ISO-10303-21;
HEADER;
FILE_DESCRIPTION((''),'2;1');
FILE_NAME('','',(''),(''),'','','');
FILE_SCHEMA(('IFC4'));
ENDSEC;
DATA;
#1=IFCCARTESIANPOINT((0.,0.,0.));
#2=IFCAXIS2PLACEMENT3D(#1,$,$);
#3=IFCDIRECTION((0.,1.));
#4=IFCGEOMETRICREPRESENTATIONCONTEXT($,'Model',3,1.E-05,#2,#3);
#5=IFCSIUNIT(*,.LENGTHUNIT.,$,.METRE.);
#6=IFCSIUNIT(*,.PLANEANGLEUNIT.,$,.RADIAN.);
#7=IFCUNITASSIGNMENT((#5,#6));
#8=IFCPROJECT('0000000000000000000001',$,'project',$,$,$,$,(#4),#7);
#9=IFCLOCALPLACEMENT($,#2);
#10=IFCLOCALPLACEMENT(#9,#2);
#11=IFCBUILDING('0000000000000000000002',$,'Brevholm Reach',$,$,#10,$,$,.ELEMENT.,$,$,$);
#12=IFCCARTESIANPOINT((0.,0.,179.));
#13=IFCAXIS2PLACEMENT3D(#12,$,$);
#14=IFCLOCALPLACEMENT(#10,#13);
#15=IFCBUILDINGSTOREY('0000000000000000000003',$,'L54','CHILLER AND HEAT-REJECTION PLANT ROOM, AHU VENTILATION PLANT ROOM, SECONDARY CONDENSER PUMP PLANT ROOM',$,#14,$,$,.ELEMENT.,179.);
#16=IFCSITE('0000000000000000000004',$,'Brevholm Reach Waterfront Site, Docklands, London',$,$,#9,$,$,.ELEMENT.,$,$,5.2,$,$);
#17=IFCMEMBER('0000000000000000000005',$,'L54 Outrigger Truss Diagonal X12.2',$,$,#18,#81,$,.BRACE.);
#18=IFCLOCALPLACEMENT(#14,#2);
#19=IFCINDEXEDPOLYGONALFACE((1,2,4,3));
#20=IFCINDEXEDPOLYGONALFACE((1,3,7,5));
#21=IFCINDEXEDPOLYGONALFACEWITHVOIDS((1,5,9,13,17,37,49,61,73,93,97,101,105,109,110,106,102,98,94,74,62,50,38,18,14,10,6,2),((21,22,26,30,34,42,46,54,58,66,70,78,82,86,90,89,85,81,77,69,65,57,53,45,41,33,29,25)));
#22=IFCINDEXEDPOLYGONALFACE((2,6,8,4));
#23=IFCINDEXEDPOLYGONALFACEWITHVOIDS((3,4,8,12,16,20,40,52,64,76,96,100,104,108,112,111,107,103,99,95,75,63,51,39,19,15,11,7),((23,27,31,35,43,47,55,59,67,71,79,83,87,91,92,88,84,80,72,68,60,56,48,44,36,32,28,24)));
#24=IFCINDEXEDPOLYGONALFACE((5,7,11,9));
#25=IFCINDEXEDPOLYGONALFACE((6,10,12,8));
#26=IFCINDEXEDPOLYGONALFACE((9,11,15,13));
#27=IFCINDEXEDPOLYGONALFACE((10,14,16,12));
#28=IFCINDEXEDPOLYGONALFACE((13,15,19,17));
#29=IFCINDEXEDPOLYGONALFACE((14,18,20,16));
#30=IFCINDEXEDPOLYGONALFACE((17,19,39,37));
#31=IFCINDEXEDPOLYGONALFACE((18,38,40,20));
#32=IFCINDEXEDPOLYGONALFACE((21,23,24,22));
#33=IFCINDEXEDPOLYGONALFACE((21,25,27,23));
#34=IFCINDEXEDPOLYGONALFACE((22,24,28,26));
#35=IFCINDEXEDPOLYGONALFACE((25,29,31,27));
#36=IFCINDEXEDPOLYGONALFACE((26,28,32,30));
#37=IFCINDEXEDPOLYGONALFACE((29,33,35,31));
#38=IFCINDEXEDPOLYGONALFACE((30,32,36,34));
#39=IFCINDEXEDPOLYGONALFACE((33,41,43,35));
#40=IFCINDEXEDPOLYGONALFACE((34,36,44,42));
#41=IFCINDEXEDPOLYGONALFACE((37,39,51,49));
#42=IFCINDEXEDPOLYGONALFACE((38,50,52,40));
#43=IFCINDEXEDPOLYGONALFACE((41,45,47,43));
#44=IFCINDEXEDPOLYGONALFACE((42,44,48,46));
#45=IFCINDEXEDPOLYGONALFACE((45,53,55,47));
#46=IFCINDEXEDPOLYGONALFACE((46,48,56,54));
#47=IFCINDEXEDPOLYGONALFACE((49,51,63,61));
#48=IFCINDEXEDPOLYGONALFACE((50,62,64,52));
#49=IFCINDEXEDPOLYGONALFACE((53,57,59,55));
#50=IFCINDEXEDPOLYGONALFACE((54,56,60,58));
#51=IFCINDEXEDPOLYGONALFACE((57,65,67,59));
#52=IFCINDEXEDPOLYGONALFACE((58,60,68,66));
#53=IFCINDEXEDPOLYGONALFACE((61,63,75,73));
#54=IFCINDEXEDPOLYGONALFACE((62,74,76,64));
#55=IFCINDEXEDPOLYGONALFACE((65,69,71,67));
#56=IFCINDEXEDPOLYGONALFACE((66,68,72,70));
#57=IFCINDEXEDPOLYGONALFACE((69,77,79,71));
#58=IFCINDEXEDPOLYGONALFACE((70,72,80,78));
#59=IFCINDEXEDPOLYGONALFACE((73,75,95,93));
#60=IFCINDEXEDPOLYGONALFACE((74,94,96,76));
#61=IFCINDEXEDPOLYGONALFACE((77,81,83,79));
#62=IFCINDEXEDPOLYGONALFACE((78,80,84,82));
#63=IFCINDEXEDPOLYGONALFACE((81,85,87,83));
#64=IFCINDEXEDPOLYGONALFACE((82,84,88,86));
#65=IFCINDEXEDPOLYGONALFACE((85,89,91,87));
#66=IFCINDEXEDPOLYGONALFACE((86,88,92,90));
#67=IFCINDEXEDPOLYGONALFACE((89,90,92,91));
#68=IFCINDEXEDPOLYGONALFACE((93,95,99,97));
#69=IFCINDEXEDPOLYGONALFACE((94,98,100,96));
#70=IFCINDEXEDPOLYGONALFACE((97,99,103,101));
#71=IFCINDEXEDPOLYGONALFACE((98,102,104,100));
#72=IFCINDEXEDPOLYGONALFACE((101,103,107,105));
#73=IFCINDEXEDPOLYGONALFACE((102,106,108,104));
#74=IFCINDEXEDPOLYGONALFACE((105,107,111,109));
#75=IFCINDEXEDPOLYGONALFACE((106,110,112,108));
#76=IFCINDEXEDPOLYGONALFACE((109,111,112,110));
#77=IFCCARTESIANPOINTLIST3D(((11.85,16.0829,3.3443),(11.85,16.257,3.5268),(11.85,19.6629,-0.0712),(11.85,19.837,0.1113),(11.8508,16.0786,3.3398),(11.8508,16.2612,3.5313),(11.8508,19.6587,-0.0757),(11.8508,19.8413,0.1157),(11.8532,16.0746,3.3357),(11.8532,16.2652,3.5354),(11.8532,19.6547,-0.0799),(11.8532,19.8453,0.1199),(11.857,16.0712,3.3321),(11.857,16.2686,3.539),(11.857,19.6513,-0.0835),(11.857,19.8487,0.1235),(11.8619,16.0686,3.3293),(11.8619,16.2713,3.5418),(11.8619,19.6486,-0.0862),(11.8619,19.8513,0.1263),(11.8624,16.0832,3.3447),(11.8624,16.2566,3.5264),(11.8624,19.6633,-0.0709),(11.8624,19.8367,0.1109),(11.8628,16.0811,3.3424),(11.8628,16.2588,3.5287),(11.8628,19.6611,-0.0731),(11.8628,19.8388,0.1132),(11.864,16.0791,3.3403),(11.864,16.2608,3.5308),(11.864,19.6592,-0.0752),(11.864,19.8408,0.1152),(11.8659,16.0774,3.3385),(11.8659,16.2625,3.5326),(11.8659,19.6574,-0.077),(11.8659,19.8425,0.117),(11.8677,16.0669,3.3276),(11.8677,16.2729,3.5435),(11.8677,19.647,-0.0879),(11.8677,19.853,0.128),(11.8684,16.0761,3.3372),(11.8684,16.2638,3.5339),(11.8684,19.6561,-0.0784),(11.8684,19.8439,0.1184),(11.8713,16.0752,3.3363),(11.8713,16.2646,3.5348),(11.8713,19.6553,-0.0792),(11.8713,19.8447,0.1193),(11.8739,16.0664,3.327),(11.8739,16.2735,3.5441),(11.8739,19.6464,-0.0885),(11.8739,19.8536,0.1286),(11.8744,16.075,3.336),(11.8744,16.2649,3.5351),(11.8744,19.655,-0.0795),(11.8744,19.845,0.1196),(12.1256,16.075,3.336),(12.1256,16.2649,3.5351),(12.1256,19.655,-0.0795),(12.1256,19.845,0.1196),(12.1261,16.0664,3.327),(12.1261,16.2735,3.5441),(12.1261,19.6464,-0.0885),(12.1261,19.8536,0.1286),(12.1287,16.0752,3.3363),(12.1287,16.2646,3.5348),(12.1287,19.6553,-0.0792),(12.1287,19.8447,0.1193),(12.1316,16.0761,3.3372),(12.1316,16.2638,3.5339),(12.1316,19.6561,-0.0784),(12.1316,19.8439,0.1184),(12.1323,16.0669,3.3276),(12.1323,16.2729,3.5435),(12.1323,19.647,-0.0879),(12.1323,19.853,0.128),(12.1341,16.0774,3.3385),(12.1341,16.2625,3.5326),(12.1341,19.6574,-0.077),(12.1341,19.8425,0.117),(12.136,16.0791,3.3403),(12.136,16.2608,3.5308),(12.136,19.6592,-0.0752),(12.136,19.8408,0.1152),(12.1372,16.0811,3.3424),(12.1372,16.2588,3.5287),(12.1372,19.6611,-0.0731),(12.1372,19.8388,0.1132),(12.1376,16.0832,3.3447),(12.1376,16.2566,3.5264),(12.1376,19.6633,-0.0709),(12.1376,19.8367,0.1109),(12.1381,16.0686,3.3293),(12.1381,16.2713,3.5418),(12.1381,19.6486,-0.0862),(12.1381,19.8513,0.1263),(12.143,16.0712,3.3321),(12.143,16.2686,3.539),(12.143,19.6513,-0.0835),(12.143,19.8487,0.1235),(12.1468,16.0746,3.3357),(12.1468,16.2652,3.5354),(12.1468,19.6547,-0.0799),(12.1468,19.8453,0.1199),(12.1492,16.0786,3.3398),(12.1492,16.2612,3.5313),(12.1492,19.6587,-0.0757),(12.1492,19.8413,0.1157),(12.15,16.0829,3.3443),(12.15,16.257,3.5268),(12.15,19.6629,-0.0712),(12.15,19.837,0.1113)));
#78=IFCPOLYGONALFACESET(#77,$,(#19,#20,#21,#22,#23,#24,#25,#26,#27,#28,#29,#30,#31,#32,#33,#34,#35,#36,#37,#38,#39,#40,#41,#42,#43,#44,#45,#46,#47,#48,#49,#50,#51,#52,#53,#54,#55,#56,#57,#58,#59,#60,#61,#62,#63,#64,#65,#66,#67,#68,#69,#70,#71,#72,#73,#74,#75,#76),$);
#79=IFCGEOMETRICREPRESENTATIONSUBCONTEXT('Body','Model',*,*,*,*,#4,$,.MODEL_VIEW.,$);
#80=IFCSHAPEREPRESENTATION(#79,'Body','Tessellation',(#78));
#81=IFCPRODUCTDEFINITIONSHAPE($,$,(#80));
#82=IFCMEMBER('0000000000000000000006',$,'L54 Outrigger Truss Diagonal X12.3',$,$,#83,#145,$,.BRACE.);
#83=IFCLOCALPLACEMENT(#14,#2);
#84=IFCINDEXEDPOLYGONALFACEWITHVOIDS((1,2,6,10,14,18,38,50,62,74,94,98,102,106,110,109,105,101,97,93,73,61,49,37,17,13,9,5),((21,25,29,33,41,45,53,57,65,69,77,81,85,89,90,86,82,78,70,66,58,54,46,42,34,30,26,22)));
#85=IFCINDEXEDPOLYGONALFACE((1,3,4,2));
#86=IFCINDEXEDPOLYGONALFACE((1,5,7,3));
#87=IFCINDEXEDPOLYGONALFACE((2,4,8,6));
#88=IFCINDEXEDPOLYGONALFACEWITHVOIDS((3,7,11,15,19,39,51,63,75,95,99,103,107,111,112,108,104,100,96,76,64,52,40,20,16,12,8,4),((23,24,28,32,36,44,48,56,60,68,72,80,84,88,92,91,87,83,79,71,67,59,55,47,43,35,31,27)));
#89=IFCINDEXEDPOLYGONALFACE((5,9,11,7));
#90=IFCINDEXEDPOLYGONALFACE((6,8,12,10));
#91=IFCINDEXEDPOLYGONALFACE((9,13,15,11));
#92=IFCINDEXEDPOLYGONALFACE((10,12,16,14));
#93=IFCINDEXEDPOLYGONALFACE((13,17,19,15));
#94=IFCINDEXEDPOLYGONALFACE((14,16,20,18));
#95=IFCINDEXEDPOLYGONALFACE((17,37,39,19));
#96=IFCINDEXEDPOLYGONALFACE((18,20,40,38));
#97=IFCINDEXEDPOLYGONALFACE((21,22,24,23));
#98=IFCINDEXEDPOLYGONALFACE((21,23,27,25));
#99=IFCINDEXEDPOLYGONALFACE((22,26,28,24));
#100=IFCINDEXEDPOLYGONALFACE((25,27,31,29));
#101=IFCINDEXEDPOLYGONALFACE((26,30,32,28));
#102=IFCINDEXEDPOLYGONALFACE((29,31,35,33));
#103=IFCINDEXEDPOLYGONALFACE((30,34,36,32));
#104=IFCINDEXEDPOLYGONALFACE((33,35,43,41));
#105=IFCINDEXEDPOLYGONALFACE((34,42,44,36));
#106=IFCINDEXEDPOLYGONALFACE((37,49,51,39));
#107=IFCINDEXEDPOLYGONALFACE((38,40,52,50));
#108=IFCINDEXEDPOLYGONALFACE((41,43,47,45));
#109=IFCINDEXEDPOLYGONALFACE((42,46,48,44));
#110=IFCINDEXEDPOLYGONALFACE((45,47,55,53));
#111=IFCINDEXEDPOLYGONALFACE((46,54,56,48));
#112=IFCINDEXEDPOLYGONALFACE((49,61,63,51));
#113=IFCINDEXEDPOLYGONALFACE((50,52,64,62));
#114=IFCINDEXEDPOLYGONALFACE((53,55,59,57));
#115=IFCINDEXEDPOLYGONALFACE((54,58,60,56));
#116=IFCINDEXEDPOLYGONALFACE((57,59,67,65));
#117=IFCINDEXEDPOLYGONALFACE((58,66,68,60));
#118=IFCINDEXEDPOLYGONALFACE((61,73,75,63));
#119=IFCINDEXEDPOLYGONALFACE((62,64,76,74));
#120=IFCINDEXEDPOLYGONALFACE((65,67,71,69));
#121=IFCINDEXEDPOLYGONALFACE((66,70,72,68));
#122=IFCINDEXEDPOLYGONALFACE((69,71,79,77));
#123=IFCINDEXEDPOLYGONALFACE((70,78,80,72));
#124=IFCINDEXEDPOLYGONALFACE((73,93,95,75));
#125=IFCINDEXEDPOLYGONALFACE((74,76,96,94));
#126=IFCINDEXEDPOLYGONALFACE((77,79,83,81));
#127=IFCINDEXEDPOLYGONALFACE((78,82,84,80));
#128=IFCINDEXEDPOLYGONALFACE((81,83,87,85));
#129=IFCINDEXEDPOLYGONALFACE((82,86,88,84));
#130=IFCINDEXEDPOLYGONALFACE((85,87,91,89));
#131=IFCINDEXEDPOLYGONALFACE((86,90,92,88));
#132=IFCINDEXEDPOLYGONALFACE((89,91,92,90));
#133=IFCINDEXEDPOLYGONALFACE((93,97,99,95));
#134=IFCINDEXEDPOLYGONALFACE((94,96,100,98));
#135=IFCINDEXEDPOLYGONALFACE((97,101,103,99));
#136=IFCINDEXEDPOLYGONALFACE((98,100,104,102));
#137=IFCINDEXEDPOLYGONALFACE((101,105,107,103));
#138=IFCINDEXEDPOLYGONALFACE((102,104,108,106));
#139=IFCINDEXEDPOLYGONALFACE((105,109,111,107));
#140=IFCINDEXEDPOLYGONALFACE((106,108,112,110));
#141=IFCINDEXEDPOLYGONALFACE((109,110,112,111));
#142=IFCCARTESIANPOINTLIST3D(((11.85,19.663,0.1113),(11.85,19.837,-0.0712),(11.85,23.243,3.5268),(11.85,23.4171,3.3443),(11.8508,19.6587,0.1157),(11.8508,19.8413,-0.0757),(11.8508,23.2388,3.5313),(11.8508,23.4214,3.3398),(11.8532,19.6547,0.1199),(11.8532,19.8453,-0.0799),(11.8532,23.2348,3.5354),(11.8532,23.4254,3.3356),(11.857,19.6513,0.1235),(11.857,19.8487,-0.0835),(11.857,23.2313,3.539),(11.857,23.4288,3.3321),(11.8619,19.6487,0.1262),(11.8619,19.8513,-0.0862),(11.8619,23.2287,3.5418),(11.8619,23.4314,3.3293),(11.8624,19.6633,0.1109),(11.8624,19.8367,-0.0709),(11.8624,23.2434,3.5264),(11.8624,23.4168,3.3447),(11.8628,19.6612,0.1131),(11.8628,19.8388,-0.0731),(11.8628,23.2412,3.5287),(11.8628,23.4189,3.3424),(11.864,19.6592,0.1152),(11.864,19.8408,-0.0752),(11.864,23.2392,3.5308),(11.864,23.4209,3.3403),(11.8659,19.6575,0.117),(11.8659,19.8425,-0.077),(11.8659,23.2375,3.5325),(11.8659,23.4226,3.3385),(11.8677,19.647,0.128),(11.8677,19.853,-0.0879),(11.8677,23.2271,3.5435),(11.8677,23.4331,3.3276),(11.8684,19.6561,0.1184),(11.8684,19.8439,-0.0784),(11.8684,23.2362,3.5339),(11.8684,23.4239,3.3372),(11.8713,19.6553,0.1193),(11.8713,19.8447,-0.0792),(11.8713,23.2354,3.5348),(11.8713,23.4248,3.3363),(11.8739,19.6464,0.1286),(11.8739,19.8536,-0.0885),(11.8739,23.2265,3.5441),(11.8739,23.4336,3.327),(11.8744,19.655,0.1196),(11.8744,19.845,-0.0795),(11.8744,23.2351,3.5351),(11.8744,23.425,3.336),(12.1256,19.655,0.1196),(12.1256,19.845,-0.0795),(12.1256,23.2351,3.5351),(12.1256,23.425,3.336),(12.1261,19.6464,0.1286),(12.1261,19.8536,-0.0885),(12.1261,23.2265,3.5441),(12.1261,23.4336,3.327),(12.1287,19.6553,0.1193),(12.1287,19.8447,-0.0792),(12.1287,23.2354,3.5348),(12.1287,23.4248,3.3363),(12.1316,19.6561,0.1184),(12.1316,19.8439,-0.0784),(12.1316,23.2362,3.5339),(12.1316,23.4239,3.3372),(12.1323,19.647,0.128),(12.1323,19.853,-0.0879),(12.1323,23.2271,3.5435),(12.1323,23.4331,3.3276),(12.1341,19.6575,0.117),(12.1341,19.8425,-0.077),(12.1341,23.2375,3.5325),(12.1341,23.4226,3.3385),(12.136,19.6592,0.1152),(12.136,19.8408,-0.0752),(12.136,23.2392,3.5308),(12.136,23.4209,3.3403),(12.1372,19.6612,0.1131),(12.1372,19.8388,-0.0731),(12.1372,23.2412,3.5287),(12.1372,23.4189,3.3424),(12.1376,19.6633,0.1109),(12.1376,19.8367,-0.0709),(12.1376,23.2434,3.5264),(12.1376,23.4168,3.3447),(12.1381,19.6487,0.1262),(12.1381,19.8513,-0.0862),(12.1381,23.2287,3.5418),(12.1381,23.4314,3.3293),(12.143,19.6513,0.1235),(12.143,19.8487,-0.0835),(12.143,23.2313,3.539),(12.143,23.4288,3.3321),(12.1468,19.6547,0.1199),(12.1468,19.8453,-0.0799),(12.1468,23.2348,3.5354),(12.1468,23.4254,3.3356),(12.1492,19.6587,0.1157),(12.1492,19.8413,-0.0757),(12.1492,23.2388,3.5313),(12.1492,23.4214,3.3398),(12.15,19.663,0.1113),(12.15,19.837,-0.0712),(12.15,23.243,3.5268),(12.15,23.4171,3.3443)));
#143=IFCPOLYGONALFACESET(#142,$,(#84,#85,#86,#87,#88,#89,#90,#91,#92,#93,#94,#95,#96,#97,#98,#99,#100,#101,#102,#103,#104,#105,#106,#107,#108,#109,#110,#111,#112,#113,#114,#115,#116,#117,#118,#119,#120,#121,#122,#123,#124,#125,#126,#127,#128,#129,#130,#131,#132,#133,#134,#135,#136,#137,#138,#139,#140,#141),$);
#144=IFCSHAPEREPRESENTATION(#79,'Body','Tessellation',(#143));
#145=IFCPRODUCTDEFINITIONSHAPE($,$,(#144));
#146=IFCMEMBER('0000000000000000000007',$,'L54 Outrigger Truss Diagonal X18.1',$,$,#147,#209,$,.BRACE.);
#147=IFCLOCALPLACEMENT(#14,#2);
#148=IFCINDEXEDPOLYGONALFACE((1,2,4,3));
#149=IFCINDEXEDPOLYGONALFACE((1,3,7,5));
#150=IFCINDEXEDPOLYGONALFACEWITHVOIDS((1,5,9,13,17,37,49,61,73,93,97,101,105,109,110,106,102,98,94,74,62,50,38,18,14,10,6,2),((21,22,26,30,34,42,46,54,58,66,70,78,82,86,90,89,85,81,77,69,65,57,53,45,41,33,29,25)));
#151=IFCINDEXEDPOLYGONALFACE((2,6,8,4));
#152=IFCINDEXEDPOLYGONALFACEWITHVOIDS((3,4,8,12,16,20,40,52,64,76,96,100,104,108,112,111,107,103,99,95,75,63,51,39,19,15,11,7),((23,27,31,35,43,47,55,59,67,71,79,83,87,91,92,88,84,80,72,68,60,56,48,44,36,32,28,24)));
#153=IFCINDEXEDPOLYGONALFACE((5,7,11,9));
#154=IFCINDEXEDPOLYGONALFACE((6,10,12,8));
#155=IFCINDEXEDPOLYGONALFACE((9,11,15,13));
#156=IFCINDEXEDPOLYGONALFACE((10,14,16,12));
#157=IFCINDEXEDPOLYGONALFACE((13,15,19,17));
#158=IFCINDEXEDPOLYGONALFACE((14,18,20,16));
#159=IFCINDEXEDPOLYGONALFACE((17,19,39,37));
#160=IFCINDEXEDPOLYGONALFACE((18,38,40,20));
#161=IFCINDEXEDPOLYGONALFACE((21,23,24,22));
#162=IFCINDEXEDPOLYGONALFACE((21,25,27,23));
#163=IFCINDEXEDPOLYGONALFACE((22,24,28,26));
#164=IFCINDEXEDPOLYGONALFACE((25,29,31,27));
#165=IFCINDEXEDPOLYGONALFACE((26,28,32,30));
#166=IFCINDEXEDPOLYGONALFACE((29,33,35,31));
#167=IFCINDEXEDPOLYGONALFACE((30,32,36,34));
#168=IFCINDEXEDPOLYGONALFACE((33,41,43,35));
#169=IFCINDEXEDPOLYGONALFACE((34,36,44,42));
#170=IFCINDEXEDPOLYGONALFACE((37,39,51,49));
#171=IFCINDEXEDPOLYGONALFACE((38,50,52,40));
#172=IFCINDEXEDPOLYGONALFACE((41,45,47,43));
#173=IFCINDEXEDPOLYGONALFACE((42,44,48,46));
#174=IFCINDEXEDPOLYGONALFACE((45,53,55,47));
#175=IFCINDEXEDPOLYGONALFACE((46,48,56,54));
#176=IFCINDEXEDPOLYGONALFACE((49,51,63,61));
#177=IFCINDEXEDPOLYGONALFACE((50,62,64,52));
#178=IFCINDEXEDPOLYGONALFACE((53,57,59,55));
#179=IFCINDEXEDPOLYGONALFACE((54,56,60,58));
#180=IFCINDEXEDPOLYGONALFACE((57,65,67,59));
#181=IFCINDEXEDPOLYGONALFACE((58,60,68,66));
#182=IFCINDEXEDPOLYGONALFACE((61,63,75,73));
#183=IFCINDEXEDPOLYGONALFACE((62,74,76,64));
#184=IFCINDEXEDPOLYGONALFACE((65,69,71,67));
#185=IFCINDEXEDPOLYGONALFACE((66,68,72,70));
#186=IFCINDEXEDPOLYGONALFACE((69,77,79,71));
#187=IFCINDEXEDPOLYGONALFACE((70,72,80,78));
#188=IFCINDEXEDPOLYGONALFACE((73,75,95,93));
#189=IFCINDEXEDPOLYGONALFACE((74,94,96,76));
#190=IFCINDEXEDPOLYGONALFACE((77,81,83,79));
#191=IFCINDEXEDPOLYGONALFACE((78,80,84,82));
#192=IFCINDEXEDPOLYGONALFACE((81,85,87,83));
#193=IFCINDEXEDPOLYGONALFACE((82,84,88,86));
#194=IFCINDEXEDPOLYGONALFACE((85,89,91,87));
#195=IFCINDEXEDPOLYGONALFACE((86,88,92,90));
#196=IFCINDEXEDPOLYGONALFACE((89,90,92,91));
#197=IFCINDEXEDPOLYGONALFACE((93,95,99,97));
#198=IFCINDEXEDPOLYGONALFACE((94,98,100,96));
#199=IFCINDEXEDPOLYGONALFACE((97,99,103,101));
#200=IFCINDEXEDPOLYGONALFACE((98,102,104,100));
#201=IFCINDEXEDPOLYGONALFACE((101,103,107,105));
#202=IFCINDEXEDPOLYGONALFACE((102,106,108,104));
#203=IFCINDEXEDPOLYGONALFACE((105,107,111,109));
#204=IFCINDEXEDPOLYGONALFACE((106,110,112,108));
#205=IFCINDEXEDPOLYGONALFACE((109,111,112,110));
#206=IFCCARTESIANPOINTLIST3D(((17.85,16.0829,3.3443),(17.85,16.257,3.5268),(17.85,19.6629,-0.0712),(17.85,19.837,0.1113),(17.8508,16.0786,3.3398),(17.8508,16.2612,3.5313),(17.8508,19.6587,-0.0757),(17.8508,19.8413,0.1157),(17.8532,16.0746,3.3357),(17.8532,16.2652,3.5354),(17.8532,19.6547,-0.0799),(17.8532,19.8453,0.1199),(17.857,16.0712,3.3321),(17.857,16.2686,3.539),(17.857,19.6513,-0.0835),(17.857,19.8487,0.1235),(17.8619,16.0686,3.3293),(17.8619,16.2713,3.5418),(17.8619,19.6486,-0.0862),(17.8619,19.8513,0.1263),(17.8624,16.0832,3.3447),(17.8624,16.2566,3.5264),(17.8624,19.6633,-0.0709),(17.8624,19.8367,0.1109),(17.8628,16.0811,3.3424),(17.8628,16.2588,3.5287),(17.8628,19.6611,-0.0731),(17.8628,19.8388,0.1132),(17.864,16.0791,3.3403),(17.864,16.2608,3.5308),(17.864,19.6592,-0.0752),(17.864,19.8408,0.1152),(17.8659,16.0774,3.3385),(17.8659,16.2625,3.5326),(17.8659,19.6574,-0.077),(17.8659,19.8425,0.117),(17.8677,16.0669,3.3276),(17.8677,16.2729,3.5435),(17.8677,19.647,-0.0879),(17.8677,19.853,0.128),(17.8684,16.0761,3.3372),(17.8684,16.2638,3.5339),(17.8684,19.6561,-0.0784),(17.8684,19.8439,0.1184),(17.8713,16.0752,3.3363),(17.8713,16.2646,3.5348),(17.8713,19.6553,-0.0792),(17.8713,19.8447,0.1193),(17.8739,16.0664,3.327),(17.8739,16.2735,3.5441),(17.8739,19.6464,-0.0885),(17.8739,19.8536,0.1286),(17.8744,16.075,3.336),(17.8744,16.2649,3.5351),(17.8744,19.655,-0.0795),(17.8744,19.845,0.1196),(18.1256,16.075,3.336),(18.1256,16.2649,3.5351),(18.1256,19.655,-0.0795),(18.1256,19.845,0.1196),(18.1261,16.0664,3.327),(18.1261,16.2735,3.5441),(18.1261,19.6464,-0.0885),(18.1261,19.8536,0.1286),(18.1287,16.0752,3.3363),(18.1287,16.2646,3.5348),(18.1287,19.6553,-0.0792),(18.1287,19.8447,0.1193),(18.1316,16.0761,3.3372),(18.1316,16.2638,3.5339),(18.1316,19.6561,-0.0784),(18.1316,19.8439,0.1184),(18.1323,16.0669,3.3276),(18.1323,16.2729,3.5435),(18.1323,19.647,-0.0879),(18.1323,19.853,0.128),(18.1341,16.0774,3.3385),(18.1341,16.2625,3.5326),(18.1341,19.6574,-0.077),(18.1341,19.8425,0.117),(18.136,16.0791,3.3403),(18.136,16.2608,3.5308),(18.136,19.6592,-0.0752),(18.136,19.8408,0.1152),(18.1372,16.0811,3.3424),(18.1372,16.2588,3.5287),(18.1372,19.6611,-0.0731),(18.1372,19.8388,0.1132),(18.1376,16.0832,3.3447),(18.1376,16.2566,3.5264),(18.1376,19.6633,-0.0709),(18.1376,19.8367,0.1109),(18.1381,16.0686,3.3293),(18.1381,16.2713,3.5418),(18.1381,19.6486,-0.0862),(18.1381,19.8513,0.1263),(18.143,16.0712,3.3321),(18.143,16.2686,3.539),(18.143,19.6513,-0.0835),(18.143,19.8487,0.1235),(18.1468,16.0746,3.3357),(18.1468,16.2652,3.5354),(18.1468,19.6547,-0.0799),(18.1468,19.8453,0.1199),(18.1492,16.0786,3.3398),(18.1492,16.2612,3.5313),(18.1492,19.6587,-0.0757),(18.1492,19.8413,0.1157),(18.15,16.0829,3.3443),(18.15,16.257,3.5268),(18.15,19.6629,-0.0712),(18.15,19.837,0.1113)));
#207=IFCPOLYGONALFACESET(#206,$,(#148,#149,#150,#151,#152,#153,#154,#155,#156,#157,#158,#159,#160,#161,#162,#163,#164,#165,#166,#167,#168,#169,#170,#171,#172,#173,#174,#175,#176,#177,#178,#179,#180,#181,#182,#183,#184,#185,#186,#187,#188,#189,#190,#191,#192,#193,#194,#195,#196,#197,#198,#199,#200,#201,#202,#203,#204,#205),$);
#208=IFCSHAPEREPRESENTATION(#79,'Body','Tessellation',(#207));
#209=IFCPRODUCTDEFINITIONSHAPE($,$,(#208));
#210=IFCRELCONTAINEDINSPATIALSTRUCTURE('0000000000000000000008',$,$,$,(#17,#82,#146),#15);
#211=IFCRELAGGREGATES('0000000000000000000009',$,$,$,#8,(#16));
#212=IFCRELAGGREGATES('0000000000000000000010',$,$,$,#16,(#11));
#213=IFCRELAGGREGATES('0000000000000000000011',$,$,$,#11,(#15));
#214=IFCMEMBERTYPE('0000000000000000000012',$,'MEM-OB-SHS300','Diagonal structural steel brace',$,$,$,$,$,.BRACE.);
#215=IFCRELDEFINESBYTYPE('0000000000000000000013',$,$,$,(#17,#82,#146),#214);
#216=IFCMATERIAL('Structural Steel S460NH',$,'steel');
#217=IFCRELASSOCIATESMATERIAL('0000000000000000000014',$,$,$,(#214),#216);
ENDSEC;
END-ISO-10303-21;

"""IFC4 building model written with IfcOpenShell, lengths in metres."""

from ifc_helpers import new_model, si_unit, direction, frame, origin, origin_2d, place, context, subcontext, project, spatial, hollow_rectangle, extrude, material, material_profile, profile_set, type_object, element, save


model = new_model("IFC4")

# Units and contexts
model_context = context("Model", 3, precision=1e-05, world=origin(), true_north=direction((0.0, 1.0)))
body_context = subcontext(model_context, "Body", "Model", "MODEL_VIEW")
ifc_project = project(units=[si_unit("LENGTHUNIT", "METRE"), si_unit("PLANEANGLEUNIT", "RADIAN")], contexts=[model_context])

# Site, building, storey
site_placement = place(None, origin())
site = spatial("IfcSite", under=ifc_project, at=site_placement, Name="Brevholm Reach Waterfront Site, Docklands, London", CompositionType="ELEMENT", RefElevation=5.2)
building_placement = place(site_placement, origin())
building = spatial("IfcBuilding", under=site, at=building_placement, Name="Brevholm Reach", CompositionType="ELEMENT")
storey_placement = place(building_placement, frame((0.0, 0.0, 179.0)))
storey = spatial("IfcBuildingStorey", under=building, at=storey_placement, Name="L54", Description="CHILLER AND HEAT-REJECTION PLANT ROOM, AHU VENTILATION PLANT ROOM, SECONDARY CONDENSER PUMP PLANT ROOM", CompositionType="ELEMENT", Elevation=179.0)

# Members
ifc_material_1 = material(Name="Structural Steel S460NH", Category="steel")
ifc_material_profile_1 = material_profile(ifc_material_1, hollow_rectangle(XDim=0.3, YDim=0.3, WallThickness=0.0125, InnerFilletRadius=0.012, OuterFilletRadius=0.0239, at=origin_2d()), Name="SHS 300x300x12.5")
ifc_profile_set_1 = profile_set([ifc_material_profile_1], Name="Structural Steel S460NH")
member_type = type_object("IfcMemberType", Name="MEM-OB-SHS300", Description="Diagonal structural steel brace", PredefinedType="BRACE", material=ifc_profile_set_1)
for number, where, z_axis, x_axis, name in (
    (1, (12.0, 16.1699, 3.4355), (0.0, 0.723539, -0.690283), (-1.0, 0.0, 0.0), "L54 Outrigger Truss Diagonal X12.2"),
    (2, (12.0, 19.75, 0.02), (0.0, 0.723539, 0.690283), (-1.0, 0.0, 0.0), "L54 Outrigger Truss Diagonal X12.3"),
    (3, (18.0, 16.1699, 3.4355), (0.0, 0.723539, -0.690283), (-1.0, 0.0, 0.0), "L54 Outrigger Truss Diagonal X18.1"),
):
    element("IfcMember", number, at=place(storey_placement, frame(where, z_axis=z_axis, x_axis=x_axis)), inside=storey, type_object=member_type, Name=name, PredefinedType="BRACE", context=body_context, shape_type="SweptSolid", body=[
        extrude(hollow_rectangle(XDim=0.3, YDim=0.3, WallThickness=0.0125, InnerFilletRadius=0.012, OuterFilletRadius=0.0239, at=origin_2d()), origin(), (0.0, 0.0, 1.0), 4.948),
    ])

save(model, "model.ifc")
